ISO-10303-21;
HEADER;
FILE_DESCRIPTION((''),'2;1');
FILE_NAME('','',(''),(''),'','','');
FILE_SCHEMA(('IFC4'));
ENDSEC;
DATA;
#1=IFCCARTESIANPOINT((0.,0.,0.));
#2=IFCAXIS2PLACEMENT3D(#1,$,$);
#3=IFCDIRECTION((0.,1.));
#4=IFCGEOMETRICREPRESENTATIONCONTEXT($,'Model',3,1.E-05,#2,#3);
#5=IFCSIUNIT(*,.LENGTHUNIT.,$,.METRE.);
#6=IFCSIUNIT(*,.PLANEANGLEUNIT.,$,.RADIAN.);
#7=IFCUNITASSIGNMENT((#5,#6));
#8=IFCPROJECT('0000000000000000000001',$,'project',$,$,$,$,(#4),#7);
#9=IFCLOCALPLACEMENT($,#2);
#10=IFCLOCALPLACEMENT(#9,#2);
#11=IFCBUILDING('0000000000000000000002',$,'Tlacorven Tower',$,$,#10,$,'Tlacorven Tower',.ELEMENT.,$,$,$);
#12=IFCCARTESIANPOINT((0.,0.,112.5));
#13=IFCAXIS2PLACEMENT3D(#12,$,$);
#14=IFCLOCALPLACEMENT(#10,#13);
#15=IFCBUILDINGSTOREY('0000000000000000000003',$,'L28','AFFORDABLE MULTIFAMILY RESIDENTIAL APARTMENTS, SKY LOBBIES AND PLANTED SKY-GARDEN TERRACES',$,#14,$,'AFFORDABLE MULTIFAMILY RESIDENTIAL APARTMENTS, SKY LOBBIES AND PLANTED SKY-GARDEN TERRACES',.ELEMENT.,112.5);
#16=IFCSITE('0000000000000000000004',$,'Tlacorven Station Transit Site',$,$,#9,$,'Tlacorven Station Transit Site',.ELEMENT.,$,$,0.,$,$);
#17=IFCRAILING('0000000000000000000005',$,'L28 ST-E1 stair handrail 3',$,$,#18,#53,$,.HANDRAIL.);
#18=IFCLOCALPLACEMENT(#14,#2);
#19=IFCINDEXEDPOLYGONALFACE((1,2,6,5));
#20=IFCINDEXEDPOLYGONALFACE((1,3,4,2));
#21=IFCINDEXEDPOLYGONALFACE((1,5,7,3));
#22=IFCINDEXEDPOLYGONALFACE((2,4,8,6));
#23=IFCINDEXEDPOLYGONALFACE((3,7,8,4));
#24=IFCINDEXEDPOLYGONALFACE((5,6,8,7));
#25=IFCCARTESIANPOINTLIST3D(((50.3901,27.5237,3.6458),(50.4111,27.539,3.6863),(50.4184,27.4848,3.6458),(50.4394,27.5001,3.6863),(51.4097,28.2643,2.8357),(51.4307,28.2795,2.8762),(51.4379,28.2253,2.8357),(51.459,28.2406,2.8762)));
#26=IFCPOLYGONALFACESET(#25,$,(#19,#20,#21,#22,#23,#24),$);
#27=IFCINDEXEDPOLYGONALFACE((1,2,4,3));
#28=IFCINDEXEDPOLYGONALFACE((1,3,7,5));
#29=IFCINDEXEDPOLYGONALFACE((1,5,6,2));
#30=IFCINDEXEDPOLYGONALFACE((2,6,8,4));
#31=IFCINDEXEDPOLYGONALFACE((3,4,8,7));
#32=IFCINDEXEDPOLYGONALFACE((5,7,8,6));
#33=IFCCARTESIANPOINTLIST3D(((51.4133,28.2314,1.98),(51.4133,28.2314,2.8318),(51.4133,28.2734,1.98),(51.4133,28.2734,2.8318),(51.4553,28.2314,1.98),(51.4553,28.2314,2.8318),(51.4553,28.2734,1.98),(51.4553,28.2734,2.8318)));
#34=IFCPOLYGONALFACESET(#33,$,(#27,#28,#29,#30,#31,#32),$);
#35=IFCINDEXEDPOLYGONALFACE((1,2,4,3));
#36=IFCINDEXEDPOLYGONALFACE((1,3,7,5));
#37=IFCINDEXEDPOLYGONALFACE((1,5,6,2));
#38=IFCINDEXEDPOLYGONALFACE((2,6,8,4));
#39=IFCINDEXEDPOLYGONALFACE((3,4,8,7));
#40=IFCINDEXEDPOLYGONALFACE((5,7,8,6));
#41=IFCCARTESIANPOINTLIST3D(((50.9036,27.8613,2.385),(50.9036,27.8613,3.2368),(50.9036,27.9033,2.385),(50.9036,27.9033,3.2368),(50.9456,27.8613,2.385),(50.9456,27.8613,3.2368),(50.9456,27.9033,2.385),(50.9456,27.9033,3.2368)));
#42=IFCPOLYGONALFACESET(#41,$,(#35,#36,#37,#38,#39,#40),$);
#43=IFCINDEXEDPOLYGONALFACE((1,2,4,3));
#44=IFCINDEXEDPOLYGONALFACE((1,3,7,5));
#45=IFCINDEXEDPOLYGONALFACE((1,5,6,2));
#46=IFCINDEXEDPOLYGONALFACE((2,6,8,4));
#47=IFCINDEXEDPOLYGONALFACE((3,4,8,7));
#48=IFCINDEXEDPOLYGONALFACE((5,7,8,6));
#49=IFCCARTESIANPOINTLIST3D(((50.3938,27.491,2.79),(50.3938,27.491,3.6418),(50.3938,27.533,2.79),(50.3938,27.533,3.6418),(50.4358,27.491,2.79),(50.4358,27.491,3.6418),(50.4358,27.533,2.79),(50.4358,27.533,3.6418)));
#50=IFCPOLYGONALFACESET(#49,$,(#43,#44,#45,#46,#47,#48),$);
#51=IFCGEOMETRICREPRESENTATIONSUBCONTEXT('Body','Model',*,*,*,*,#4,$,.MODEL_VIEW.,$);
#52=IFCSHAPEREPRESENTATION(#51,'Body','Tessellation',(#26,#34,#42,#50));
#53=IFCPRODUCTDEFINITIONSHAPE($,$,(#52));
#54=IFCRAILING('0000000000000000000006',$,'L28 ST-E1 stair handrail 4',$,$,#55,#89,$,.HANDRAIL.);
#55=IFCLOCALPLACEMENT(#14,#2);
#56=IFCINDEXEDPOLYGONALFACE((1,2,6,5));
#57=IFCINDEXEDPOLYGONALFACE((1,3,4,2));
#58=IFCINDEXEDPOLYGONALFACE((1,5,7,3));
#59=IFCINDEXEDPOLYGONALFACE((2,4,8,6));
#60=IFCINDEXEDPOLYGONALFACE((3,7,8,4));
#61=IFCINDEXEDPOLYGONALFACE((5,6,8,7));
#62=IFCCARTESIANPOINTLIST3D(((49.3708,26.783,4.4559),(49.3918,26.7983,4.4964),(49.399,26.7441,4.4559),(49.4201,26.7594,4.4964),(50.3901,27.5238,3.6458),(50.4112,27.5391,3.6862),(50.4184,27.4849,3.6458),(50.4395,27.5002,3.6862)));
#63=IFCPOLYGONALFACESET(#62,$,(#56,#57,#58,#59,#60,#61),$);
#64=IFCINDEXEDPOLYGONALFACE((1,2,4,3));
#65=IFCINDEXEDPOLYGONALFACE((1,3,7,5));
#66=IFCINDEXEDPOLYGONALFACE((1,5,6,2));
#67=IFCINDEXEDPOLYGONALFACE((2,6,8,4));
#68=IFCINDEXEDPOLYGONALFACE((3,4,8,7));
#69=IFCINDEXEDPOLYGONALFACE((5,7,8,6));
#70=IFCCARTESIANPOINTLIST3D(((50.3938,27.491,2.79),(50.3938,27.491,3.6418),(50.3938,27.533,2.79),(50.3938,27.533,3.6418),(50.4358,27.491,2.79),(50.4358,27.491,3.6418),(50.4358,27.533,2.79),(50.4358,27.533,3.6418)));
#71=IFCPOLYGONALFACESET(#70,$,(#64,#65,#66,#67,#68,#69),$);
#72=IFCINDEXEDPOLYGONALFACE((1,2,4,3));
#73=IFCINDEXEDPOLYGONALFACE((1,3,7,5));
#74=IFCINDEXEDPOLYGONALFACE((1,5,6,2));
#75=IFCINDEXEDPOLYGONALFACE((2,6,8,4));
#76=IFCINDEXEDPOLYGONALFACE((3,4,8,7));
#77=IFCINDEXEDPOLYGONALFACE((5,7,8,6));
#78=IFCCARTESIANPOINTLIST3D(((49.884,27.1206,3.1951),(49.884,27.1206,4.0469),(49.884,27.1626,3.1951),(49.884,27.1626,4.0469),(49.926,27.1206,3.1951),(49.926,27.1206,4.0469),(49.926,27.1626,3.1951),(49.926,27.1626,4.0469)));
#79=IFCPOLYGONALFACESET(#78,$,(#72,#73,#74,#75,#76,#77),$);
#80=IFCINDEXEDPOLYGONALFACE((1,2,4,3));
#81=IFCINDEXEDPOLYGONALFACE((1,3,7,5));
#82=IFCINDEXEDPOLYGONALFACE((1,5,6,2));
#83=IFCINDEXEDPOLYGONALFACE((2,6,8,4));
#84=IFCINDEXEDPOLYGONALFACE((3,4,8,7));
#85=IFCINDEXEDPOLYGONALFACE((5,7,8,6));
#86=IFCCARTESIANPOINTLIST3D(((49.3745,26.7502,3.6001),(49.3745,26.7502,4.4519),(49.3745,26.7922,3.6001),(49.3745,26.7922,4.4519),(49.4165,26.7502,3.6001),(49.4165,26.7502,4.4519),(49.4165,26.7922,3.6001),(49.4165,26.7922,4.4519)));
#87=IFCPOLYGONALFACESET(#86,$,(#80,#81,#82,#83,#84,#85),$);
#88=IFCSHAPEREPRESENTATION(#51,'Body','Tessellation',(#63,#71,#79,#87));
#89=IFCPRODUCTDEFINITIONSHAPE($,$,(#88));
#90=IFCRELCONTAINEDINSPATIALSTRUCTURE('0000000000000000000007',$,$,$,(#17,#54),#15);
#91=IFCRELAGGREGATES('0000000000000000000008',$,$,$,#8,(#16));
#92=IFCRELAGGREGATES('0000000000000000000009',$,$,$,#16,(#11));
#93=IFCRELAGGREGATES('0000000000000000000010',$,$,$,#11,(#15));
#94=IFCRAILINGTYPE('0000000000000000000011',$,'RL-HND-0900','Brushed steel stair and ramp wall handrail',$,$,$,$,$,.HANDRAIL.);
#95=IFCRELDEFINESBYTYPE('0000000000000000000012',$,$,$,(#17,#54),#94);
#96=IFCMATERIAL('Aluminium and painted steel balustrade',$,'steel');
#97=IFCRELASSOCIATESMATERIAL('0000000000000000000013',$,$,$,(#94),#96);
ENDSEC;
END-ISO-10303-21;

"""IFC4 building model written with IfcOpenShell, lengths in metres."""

from ifc_helpers import new_model, si_unit, direction, frame, origin, origin_2d, place, context, subcontext, project, spatial, rectangle, extrude, source, transform, mapped, material, type_object, element, save


model = new_model("IFC4")

# Units and contexts
model_context = context("Model", 3, precision=1e-05, world=origin(), true_north=direction((0.0, 1.0)))
body_context = subcontext(model_context, "Body", "Model", "MODEL_VIEW")
ifc_project = project(units=[si_unit("LENGTHUNIT", "METRE"), si_unit("PLANEANGLEUNIT", "RADIAN")], contexts=[model_context])

# Site, building, storey
site_placement = place(None, origin())
site = spatial("IfcSite", under=ifc_project, at=site_placement, Name="Tlacorven Station Transit Site", LongName="Tlacorven Station Transit Site", CompositionType="ELEMENT", RefElevation=0.0)
building_placement = place(site_placement, origin())
building = spatial("IfcBuilding", under=site, at=building_placement, Name="Tlacorven Tower", LongName="Tlacorven Tower", CompositionType="ELEMENT")
storey_placement = place(building_placement, frame((0.0, 0.0, 112.5)))
storey = spatial("IfcBuildingStorey", under=building, at=storey_placement, Name="L28", Description="AFFORDABLE MULTIFAMILY RESIDENTIAL APARTMENTS, SKY LOBBIES AND PLANTED SKY-GARDEN TERRACES", LongName="AFFORDABLE MULTIFAMILY RESIDENTIAL APARTMENTS, SKY LOBBIES AND PLANTED SKY-GARDEN TERRACES", CompositionType="ELEMENT", Elevation=112.5)

# Shared definitions
ifc_material_1 = material(Name="Aluminium and painted steel balustrade", Category="steel")

# Railings
railing_type_1 = type_object("IfcRailingType", Name="RL-HND-0900", Description="Brushed steel stair and ramp wall handrail", PredefinedType="HANDRAIL", material=ifc_material_1)
shared_shape_1 = source(origin(), body_context, "Body", "SweptSolid", [
    extrude(rectangle(XDim=0.0481, YDim=0.0481, at=origin_2d()), frame((0.0, 0.0, 0.876), z_axis=(-0.680604, -0.494318, 0.540767), x_axis=(0.587653, -0.809113, 0.0)), (0.0, 0.0, 1.0), 1.498),
    extrude(rectangle(XDim=0.042, YDim=0.042, at=origin_2d()), origin(), (0.0, 0.0, 1.0), 0.8518),
    extrude(rectangle(XDim=0.042, YDim=0.042, at=origin_2d()), frame((-0.5098, -0.3701, 0.405)), (0.0, 0.0, 1.0), 0.8518),
    extrude(rectangle(XDim=0.042, YDim=0.042, at=origin_2d()), frame((-1.0195, -0.7405, 0.8101)), (0.0, 0.0, 1.0), 0.8518),
])
railing_1_placement = place(storey_placement, frame((51.4343, 28.2524, 1.98)))
element("IfcRailing", 1, at=railing_1_placement, inside=storey, type_object=railing_type_1, Name="L28 ST-E1 stair handrail 3", PredefinedType="HANDRAIL", context=body_context, shape_type="MappedRepresentation", body=[
    mapped(shared_shape_1, transform((0.0, 0.0, 0.0), scale=1.0)),
])
shared_shape_2 = source(origin(), body_context, "Body", "SweptSolid", [
    extrude(rectangle(XDim=0.0481, YDim=0.0481, at=origin_2d()), frame((0.0, 0.0, 0.876), z_axis=(-0.680461, -0.494496, 0.540783), x_axis=(0.587872, -0.808954, 0.0)), (0.0, 0.0, 1.0), 1.498),
    extrude(rectangle(XDim=0.042, YDim=0.042, at=origin_2d()), origin(), (0.0, 0.0, 1.0), 0.8518),
    extrude(rectangle(XDim=0.042, YDim=0.042, at=origin_2d()), frame((-0.5098, -0.3704, 0.405)), (0.0, 0.0, 1.0), 0.8518),
    extrude(rectangle(XDim=0.042, YDim=0.042, at=origin_2d()), frame((-1.0193, -0.7407, 0.8101)), (0.0, 0.0, 1.0), 0.8518),
])
railing_2_placement = place(storey_placement, frame((50.4148, 27.512, 2.79)))
element("IfcRailing", 2, at=railing_2_placement, inside=storey, type_object=railing_type_1, Name="L28 ST-E1 stair handrail 4", PredefinedType="HANDRAIL", context=body_context, shape_type="MappedRepresentation", body=[
    mapped(shared_shape_2, transform((0.0, 0.0, 0.0), scale=1.0)),
])

save(model, "model.ifc")
